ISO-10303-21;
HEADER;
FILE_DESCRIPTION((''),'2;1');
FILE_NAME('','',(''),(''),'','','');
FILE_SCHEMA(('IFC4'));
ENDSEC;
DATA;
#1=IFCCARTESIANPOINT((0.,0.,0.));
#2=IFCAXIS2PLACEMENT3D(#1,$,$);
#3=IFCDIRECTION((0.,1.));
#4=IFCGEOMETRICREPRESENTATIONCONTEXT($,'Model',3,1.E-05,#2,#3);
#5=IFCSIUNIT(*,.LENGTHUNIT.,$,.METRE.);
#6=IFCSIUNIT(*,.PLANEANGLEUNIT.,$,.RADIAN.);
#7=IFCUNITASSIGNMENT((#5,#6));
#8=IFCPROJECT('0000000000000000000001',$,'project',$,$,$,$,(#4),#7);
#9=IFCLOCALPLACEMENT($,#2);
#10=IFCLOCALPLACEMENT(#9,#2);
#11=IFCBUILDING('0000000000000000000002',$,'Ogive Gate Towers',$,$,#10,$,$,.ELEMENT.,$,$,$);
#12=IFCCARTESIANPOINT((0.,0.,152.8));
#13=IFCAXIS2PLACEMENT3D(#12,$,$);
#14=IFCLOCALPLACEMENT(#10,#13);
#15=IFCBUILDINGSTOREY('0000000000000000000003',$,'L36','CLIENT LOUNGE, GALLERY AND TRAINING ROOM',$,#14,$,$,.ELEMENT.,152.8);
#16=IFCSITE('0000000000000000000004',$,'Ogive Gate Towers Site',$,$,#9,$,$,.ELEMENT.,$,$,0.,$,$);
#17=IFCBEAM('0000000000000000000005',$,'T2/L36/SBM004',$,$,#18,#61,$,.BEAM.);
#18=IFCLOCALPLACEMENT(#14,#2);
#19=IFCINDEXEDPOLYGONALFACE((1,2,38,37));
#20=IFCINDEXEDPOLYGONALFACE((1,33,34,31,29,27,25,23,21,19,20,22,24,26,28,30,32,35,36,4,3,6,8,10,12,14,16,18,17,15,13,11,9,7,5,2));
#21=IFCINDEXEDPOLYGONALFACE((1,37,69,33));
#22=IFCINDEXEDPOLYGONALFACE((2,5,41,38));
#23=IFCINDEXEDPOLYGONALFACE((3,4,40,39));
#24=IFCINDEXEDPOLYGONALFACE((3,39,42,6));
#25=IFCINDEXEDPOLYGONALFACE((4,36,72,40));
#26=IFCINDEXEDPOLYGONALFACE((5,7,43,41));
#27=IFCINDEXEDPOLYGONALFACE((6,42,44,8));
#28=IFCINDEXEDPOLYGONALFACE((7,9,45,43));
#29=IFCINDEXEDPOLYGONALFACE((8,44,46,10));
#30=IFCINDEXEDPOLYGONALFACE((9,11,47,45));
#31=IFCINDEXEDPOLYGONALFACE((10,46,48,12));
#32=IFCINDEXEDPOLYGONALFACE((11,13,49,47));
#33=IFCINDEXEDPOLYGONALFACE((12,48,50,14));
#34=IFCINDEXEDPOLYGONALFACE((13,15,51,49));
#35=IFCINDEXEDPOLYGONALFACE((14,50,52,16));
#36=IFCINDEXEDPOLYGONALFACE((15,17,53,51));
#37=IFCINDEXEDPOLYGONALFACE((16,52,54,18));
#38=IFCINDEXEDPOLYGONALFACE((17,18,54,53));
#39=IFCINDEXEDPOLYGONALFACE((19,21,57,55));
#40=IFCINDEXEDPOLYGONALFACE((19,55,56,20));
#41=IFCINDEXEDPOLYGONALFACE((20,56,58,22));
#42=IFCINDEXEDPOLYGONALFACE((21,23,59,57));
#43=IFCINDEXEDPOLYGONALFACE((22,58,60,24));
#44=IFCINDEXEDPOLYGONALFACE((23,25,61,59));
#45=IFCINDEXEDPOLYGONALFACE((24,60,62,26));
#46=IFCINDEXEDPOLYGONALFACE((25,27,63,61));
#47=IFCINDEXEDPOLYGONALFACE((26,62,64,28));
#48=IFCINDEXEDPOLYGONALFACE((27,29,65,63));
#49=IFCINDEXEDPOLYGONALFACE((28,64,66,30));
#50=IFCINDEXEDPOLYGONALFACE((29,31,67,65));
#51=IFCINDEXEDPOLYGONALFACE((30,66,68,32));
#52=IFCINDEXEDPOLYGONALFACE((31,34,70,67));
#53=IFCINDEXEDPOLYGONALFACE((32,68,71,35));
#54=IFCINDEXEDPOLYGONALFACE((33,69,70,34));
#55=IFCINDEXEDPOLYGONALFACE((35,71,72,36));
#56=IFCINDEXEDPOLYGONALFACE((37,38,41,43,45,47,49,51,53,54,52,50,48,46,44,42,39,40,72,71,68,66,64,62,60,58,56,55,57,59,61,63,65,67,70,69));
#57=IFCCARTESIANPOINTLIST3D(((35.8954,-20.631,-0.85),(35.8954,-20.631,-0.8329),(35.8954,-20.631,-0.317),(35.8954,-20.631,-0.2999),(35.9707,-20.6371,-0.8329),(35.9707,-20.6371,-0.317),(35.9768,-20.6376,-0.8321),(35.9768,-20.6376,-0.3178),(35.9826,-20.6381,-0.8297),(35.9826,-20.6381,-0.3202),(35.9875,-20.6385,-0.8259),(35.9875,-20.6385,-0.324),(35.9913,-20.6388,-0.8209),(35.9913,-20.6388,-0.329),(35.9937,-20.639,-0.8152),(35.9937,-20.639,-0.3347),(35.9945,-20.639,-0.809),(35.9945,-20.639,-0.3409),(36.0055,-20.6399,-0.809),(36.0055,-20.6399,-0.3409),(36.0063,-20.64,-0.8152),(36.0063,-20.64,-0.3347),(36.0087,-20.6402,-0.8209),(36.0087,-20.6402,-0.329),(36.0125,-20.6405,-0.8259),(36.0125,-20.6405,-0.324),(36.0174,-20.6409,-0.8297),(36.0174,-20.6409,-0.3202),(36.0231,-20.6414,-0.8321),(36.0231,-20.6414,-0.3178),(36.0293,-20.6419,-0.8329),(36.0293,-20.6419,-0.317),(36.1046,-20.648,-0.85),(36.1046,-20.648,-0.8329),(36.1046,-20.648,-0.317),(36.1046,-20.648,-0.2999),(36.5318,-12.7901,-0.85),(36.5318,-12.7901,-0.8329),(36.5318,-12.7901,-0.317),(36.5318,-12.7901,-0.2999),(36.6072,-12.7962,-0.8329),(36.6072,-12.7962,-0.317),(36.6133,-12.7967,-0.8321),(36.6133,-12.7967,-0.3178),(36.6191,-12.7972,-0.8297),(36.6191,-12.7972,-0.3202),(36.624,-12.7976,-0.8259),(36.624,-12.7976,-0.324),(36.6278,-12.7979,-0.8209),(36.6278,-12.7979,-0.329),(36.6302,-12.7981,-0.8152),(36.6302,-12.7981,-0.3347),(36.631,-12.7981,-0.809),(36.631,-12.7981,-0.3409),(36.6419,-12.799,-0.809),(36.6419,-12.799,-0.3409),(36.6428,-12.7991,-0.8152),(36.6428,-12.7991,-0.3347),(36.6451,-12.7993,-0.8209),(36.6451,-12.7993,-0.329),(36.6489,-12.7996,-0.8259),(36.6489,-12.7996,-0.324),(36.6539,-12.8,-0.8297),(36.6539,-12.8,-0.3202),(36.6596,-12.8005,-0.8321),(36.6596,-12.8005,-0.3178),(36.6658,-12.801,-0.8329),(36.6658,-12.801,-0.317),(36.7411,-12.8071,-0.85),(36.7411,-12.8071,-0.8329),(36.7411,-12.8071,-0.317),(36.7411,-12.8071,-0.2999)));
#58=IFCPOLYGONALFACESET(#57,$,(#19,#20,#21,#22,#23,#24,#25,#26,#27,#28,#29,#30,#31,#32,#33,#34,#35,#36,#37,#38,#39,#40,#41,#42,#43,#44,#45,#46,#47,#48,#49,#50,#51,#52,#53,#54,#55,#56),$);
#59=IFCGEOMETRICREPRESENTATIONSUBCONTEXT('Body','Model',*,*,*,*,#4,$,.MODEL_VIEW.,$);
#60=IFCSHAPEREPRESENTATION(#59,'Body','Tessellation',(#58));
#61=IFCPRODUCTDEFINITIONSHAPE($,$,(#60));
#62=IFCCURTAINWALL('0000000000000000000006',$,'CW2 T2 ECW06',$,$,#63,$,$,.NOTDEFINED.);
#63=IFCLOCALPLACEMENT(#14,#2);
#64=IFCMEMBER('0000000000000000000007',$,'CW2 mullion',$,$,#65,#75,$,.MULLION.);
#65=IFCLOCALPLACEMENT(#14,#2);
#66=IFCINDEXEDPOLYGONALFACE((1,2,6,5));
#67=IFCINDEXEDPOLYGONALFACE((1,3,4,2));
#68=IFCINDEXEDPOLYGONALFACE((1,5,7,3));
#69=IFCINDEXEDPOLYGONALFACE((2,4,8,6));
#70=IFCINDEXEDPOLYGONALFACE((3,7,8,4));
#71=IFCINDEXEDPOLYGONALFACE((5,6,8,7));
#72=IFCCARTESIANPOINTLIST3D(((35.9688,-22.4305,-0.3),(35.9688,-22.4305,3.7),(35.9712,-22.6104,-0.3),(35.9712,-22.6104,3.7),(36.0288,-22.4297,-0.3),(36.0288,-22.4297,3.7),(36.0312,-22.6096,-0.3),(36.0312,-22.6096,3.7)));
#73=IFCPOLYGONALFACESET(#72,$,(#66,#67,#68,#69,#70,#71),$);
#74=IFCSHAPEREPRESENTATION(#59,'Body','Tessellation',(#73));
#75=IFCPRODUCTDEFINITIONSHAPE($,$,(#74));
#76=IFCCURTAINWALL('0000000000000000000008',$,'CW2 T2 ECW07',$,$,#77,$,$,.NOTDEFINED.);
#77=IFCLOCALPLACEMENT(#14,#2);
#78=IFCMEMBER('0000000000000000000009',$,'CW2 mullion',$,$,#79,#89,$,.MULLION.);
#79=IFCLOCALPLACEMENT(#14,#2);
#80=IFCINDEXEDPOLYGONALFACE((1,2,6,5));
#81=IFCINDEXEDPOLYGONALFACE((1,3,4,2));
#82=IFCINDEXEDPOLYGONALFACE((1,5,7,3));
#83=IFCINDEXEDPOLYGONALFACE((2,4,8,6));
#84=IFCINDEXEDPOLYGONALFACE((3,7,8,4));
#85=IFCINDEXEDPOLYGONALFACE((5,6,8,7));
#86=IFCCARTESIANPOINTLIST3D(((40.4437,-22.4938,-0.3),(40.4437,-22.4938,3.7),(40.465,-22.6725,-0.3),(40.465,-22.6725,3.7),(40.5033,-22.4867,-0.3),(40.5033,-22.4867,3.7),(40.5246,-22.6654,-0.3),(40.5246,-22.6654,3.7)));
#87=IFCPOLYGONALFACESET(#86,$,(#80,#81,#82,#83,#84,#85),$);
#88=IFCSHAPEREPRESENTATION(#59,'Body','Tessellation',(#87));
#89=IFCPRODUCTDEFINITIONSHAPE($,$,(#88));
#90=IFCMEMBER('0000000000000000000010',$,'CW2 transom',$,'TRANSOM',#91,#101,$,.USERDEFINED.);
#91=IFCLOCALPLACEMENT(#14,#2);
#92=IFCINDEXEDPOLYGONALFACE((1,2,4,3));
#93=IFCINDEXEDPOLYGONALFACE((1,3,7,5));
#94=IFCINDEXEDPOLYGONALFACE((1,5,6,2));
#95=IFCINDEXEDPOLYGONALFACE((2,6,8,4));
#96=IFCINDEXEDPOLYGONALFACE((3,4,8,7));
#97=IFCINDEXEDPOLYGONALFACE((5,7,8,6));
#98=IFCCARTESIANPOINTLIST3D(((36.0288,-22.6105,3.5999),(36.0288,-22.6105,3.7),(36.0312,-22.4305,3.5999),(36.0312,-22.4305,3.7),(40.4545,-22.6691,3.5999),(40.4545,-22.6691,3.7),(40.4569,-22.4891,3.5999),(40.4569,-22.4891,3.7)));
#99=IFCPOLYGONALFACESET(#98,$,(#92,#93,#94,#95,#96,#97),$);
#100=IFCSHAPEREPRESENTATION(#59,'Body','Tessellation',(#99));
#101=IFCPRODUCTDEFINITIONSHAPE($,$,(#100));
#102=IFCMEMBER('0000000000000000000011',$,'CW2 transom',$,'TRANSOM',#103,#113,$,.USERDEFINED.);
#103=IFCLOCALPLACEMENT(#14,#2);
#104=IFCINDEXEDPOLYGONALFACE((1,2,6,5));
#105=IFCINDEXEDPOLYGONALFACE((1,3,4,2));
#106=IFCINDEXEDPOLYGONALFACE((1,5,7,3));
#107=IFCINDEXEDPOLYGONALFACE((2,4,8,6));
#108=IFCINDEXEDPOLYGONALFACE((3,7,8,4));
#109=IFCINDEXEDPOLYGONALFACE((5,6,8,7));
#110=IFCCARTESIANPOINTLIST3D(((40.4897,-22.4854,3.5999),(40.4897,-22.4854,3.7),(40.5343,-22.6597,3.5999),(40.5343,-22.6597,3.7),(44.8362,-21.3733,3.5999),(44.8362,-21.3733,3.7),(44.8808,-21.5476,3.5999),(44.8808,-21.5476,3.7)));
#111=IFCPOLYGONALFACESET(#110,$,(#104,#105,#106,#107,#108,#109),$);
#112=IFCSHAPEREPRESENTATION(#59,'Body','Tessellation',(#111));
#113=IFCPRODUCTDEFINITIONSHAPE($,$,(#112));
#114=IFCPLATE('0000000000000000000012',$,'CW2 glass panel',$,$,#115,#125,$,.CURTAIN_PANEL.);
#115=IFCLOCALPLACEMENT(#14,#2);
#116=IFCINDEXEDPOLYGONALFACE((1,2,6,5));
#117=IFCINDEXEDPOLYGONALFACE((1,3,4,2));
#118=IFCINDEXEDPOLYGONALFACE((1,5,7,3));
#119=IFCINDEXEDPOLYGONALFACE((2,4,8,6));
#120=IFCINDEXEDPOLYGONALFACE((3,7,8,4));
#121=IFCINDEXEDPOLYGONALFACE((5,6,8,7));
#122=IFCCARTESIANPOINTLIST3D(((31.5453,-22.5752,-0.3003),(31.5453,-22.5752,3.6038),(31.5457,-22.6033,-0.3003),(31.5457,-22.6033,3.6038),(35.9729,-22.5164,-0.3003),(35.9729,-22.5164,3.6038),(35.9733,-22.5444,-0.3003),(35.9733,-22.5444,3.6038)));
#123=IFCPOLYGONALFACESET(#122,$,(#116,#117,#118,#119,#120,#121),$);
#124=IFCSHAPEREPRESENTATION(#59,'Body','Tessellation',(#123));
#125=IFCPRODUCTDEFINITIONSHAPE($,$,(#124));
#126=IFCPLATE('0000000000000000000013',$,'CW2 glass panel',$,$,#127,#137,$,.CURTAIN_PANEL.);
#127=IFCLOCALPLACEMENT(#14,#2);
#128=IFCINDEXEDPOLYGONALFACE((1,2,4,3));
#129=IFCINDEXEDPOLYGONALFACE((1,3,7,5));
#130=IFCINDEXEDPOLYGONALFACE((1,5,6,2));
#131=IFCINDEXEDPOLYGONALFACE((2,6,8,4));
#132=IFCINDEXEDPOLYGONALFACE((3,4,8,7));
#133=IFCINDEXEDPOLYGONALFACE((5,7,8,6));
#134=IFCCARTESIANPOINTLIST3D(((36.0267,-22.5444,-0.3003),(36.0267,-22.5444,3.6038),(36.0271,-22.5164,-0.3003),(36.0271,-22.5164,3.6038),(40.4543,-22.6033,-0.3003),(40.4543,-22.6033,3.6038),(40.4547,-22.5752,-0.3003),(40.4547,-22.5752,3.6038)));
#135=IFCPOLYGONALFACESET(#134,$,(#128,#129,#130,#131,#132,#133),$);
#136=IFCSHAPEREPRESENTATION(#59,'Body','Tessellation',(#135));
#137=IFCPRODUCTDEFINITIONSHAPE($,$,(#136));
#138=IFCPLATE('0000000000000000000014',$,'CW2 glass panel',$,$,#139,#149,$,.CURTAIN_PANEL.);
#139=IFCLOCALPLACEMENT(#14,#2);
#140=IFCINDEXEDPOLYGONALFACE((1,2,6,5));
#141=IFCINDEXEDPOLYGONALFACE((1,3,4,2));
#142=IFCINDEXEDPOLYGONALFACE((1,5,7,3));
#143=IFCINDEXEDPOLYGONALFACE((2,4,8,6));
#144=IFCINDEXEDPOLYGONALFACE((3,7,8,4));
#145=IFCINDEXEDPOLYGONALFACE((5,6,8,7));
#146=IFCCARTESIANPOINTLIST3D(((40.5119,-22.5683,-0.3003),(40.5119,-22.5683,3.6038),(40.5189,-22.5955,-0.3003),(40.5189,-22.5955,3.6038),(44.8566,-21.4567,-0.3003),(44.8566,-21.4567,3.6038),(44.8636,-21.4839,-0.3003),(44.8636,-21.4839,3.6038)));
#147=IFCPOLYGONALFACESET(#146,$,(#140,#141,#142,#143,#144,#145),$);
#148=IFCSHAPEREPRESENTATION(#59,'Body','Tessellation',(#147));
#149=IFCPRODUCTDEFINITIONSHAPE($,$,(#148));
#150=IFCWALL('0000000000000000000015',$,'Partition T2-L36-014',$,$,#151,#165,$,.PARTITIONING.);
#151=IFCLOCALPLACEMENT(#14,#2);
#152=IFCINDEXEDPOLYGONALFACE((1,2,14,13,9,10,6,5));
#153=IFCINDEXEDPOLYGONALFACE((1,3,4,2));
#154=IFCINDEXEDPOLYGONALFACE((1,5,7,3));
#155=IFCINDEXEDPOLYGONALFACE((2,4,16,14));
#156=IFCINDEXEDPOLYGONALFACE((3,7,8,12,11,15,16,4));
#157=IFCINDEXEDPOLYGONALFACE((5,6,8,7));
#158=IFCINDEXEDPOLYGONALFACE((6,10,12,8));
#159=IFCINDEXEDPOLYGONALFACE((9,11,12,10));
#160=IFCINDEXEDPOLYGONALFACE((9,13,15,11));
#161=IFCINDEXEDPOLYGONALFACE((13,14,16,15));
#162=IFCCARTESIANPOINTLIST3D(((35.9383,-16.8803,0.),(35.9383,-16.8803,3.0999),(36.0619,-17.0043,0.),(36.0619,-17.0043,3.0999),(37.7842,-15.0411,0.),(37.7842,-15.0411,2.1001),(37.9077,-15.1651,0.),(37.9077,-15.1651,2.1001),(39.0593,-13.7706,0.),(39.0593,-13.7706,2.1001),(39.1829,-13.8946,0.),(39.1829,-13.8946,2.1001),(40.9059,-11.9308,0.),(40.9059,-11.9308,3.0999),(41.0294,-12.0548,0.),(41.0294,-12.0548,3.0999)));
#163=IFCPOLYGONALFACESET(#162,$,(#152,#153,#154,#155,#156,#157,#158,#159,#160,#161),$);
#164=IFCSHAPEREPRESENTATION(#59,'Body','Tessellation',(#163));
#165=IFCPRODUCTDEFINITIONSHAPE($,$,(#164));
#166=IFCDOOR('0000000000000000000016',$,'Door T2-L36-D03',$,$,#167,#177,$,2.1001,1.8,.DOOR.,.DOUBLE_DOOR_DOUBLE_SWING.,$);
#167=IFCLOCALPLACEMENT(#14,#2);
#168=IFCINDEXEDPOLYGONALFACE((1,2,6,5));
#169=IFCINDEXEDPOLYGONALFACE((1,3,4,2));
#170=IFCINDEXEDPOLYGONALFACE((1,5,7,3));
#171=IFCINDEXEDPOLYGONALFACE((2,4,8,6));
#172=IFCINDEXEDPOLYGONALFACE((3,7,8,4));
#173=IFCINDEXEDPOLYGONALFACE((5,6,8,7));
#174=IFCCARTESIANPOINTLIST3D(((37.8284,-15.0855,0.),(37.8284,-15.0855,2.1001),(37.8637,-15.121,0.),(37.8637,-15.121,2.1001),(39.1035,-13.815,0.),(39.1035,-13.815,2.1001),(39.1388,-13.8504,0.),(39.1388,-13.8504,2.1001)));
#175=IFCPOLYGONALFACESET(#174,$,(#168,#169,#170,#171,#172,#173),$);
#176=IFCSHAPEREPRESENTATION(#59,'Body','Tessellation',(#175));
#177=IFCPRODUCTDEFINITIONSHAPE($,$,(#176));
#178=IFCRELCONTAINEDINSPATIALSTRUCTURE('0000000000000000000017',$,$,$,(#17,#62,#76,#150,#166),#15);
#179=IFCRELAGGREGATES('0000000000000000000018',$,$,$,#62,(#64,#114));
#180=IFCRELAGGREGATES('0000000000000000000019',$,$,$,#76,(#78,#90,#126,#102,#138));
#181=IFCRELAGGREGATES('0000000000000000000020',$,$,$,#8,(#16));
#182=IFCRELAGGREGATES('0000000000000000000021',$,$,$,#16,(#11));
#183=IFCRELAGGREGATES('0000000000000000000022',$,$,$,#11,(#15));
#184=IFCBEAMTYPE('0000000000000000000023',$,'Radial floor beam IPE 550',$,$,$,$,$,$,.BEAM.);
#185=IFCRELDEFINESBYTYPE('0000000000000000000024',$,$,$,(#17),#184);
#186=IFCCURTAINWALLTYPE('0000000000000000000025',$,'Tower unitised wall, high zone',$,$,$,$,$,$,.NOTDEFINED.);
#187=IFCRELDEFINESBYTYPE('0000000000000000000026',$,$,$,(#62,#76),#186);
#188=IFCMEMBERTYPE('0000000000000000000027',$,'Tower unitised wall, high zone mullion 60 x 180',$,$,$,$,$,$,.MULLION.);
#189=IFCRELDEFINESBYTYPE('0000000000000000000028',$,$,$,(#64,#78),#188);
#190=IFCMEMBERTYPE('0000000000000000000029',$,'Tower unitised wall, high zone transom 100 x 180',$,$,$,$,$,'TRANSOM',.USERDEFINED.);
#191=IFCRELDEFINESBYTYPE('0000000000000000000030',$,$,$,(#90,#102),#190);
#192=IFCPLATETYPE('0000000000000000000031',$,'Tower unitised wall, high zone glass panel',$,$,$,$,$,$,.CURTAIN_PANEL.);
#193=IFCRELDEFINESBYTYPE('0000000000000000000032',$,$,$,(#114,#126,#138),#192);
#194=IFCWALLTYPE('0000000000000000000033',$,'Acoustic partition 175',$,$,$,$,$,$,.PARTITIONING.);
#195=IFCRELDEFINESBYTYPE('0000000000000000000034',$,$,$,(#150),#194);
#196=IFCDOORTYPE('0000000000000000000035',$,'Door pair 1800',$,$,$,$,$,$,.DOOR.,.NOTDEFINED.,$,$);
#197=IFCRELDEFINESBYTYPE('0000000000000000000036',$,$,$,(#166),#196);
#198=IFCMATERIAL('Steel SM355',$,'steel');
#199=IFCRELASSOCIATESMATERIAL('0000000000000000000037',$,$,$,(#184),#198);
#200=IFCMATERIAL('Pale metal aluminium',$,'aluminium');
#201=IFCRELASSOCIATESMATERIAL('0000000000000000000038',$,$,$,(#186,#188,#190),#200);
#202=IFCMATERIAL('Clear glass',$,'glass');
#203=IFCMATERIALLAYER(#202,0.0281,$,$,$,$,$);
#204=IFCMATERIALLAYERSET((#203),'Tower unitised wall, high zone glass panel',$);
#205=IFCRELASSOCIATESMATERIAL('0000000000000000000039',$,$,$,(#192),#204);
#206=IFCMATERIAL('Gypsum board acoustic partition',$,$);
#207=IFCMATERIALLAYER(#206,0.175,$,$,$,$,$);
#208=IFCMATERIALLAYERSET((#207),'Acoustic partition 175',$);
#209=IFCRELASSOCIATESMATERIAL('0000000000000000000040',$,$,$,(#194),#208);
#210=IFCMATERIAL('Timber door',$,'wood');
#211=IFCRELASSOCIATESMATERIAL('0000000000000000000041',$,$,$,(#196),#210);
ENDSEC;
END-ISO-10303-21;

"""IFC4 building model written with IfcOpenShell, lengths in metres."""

from ifc_helpers import new_model, si_unit, direction, frame, frame_2d, origin, origin_2d, place, context, subcontext, project, spatial, rectangle, i_section, extrude, material, layer, layer_set, material_profile, profile_set, type_object, element, fill, aggregate, save


model = new_model("IFC4")

# Units and contexts
model_context = context("Model", 3, precision=1e-05, world=origin(), true_north=direction((0.0, 1.0)))
body_context = subcontext(model_context, "Body", "Model", "MODEL_VIEW")
ifc_project = project(units=[si_unit("LENGTHUNIT", "METRE"), si_unit("PLANEANGLEUNIT", "RADIAN")], contexts=[model_context])

# Site, building, storey
site_placement = place(None, origin())
site = spatial("IfcSite", under=ifc_project, at=site_placement, Name="Ogive Gate Towers Site", CompositionType="ELEMENT", RefElevation=0.0)
building_placement = place(site_placement, origin())
building = spatial("IfcBuilding", under=site, at=building_placement, Name="Ogive Gate Towers", CompositionType="ELEMENT")
storey_placement = place(building_placement, frame((0.0, 0.0, 152.8)))
storey = spatial("IfcBuildingStorey", under=building, at=storey_placement, Name="L36", Description="CLIENT LOUNGE, GALLERY AND TRAINING ROOM", CompositionType="ELEMENT", Elevation=152.8)

# Beam
ifc_material_1 = material(Name="Steel SM355", Category="steel")
ifc_material_profile_1 = material_profile(ifc_material_1, i_section(OverallWidth=0.21, OverallDepth=0.55, WebThickness=0.011, FlangeThickness=0.0171, FilletRadius=0.0239, at=origin_2d()), Name="IPE 550")
ifc_profile_set_1 = profile_set([ifc_material_profile_1], Name="Steel SM355")
beam_type = type_object("IfcBeamType", Name="Radial floor beam IPE 550", PredefinedType="BEAM", material=ifc_profile_set_1)
beam_placement = place(storey_placement, frame((36.6365, -12.7986, -0.575), z_axis=(-0.080908, -0.996722, 0.0), x_axis=(0.996722, -0.080908, 0.0)))
element("IfcBeam", 1, at=beam_placement, inside=storey, type_object=beam_type, Name="T2/L36/SBM004", PredefinedType="BEAM", context=body_context, shape_type="SweptSolid", body=[
    extrude(i_section(OverallWidth=0.21, OverallDepth=0.55, WebThickness=0.011, FlangeThickness=0.0171, FilletRadius=0.0239, at=origin_2d()), origin(), (0.0, 0.0, 1.0), 7.8667),
])

# Curtain wall, member
ifc_material_2 = material(Name="Pale metal aluminium", Category="aluminium")
curtain_wall_type = type_object("IfcCurtainWallType", Name="Tower unitised wall, high zone", PredefinedType="NOTDEFINED", material=ifc_material_2)
curtain_wall_1_placement = place(storey_placement, origin())
curtain_wall_1 = element("IfcCurtainWall", 2, at=curtain_wall_1_placement, inside=storey, type_object=curtain_wall_type, Name="CW2 T2 ECW06", PredefinedType="NOTDEFINED")
ifc_material_profile_2 = material_profile(ifc_material_2, rectangle(XDim=0.1799, YDim=0.0601, at=origin_2d()), Name="60 x 180 aluminium box")
ifc_profile_set_2 = profile_set([ifc_material_profile_2], Name="Pale metal aluminium")
member_type_1 = type_object("IfcMemberType", Name="Tower unitised wall, high zone mullion 60 x 180", PredefinedType="MULLION", material=ifc_profile_set_2)
member_1_placement = place(storey_placement, frame((36.0, -22.52, -0.3), z_axis=(0.0, 0.0, 1.0), x_axis=(0.013282, -0.999912, 0.0)))
member_1 = element("IfcMember", 3, at=member_1_placement, type_object=member_type_1, Name="CW2 mullion", PredefinedType="MULLION", context=body_context, shape_type="SweptSolid", body=[
    extrude(rectangle(XDim=0.1799, YDim=0.0601, at=origin_2d()), origin(), (0.0, 0.0, 1.0), 4.0),
])

# Curtain wall, members
curtain_wall_2_placement = place(storey_placement, origin())
curtain_wall_2 = element("IfcCurtainWall", 4, at=curtain_wall_2_placement, inside=storey, type_object=curtain_wall_type, Name="CW2 T2 ECW07", PredefinedType="NOTDEFINED")
member_2_placement = place(storey_placement, frame((40.4841, -22.5796, -0.3), z_axis=(0.0, 0.0, 1.0), x_axis=(0.118317, -0.992976, 0.0)))
member_2 = element("IfcMember", 5, at=member_2_placement, type_object=member_type_1, Name="CW2 mullion", PredefinedType="MULLION", context=body_context, shape_type="SweptSolid", body=[
    extrude(rectangle(XDim=0.1799, YDim=0.0601, at=origin_2d()), origin(), (0.0, 0.0, 1.0), 4.0),
])
ifc_material_profile_3 = material_profile(ifc_material_2, rectangle(XDim=0.1799, YDim=0.1001, at=origin_2d()), Name="100 x 180 aluminium box")
ifc_profile_set_3 = profile_set([ifc_material_profile_3], Name="Pale metal aluminium")
member_type_2 = type_object("IfcMemberType", Name="Tower unitised wall, high zone transom 100 x 180", ElementType="TRANSOM", PredefinedType="USERDEFINED", material=ifc_profile_set_3)
member_3_placement = place(storey_placement, frame((36.03, -22.5205, 3.6499), z_axis=(0.999912, -0.013239, 0.0), x_axis=(0.013239, 0.999912, 0.0)))
member_3 = element("IfcMember", 6, at=member_3_placement, type_object=member_type_2, Name="CW2 transom", ObjectType="TRANSOM", PredefinedType="USERDEFINED", context=body_context, shape_type="SweptSolid", body=[
    extrude(rectangle(XDim=0.1799, YDim=0.1001, at=origin_2d()), origin(), (0.0, 0.0, 1.0), 4.426),
])
member_4_placement = place(storey_placement, frame((40.512, -22.5725, 3.6499), z_axis=(0.968796, 0.247858, 0.0), x_axis=(-0.247858, 0.968796, 0.0)))
member_4 = element("IfcMember", 7, at=member_4_placement, type_object=member_type_2, Name="CW2 transom", ObjectType="TRANSOM", PredefinedType="USERDEFINED", context=body_context, shape_type="SweptSolid", body=[
    extrude(rectangle(XDim=0.1799, YDim=0.1001, at=origin_2d()), origin(), (0.0, 0.0, 1.0), 4.4866),
])

# Plates
ifc_material_3 = material(Name="Clear glass", Category="glass")
ifc_layer_1 = layer(ifc_material_3, 0.0281)
ifc_layer_set_1 = layer_set([ifc_layer_1], Name="Tower unitised wall, high zone glass panel")
plate_type = type_object("IfcPlateType", Name="Tower unitised wall, high zone glass panel", PredefinedType="CURTAIN_PANEL", material=ifc_layer_set_1)
plate_1_placement = place(storey_placement, frame((33.7593, -22.5598, -0.3003), z_axis=(0.0, 0.0, 1.0), x_axis=(0.999912, 0.013282, 0.0)))
plate_1 = element("IfcPlate", 8, at=plate_1_placement, type_object=plate_type, Name="CW2 glass panel", PredefinedType="CURTAIN_PANEL", context=body_context, shape_type="SweptSolid", body=[
    extrude(rectangle(XDim=4.428, YDim=0.0281, at=origin_2d()), origin(), (0.0, 0.0, 1.0), 3.9041),
])
aggregate(curtain_wall_1, [member_1, plate_1])
plate_2_placement = place(storey_placement, frame((38.2407, -22.5598, -0.3003), z_axis=(0.0, 0.0, 1.0), x_axis=(0.999912, -0.013282, 0.0)))
plate_2 = element("IfcPlate", 9, at=plate_2_placement, type_object=plate_type, Name="CW2 glass panel", PredefinedType="CURTAIN_PANEL", context=body_context, shape_type="SweptSolid", body=[
    extrude(rectangle(XDim=4.428, YDim=0.0281, at=origin_2d()), origin(), (0.0, 0.0, 1.0), 3.9041),
])
plate_3_placement = place(storey_placement, frame((42.6877, -22.0261, -0.3003), z_axis=(0.0, 0.0, 1.0), x_axis=(0.968795, 0.247861, 0.0)))
plate_3 = element("IfcPlate", 10, at=plate_3_placement, type_object=plate_type, Name="CW2 glass panel", PredefinedType="CURTAIN_PANEL", context=body_context, shape_type="SweptSolid", body=[
    extrude(rectangle(XDim=4.4846, YDim=0.0281, at=origin_2d()), origin(), (0.0, 0.0, 1.0), 3.9041),
])
aggregate(curtain_wall_2, [member_2, member_3, plate_2, member_4, plate_3])

# Wall, opening, door
ifc_material_4 = material(Name="Gypsum board acoustic partition")
ifc_layer_2 = layer(ifc_material_4, 0.175)
ifc_layer_set_2 = layer_set([ifc_layer_2], Name="Acoustic partition 175")
wall_type_1 = type_object("IfcWallType", Name="Acoustic partition 175", PredefinedType="PARTITIONING", material=ifc_layer_set_2)
wall_1_placement = place(storey_placement, frame((36.0, -16.9424, 0.0), z_axis=(0.0, 0.0, 1.0), x_axis=(0.708394, 0.705817, 0.0)))
wall_1 = element("IfcWall", 11, at=wall_1_placement, inside=storey, type_object=wall_type_1, Name="Partition T2-L36-014", PredefinedType="PARTITIONING", context=body_context, shape_type="SweptSolid", body=[
    extrude(rectangle(XDim=7.0125, YDim=0.175, at=frame_2d((3.5063, 0.0))), origin(), (0.0, 0.0, 1.0), 3.0999),
])
opening_1_placement = place(wall_1_placement, frame((2.606, 0.0, 0.0)))
opening_1 = element("IfcOpeningElement", 12, at=opening_1_placement, cuts=wall_1, PredefinedType="OPENING", context=body_context, shape_type="SweptSolid", body=[
    extrude(rectangle(XDim=1.8, YDim=2.1001, at=frame_2d((0.8999, 1.05))), frame((0.0, 0.0977, 0.0), z_axis=(0.0, -1.0, 0.0), x_axis=(1.0, 0.0, 0.0)), (0.0, 0.0, 1.0), 0.1951),
])
ifc_material_5 = material(Name="Timber door", Category="wood")
door_type_1 = type_object("IfcDoorType", Name="Door pair 1800", OperationType="NOTDEFINED", PredefinedType="DOOR", material=ifc_material_5)
door_1_placement = place(opening_1_placement, origin())
door_1 = element("IfcDoor", 13, at=door_1_placement, inside=storey, type_object=door_type_1, Name="Door T2-L36-D03", OperationType="DOUBLE_DOOR_DOUBLE_SWING", OverallHeight=2.1001, OverallWidth=1.8, PredefinedType="DOOR", context=body_context, shape_type="SweptSolid", body=[
    extrude(rectangle(XDim=1.8, YDim=2.1001, at=frame_2d((0.8999, 1.05))), frame((0.0, 0.0249, 0.0), z_axis=(0.0, -1.0, 0.0), x_axis=(1.0, 0.0, 0.0)), (0.0, 0.0, 1.0), 0.05),
])
fill(opening_1, door_1)

save(model, "model.ifc")
